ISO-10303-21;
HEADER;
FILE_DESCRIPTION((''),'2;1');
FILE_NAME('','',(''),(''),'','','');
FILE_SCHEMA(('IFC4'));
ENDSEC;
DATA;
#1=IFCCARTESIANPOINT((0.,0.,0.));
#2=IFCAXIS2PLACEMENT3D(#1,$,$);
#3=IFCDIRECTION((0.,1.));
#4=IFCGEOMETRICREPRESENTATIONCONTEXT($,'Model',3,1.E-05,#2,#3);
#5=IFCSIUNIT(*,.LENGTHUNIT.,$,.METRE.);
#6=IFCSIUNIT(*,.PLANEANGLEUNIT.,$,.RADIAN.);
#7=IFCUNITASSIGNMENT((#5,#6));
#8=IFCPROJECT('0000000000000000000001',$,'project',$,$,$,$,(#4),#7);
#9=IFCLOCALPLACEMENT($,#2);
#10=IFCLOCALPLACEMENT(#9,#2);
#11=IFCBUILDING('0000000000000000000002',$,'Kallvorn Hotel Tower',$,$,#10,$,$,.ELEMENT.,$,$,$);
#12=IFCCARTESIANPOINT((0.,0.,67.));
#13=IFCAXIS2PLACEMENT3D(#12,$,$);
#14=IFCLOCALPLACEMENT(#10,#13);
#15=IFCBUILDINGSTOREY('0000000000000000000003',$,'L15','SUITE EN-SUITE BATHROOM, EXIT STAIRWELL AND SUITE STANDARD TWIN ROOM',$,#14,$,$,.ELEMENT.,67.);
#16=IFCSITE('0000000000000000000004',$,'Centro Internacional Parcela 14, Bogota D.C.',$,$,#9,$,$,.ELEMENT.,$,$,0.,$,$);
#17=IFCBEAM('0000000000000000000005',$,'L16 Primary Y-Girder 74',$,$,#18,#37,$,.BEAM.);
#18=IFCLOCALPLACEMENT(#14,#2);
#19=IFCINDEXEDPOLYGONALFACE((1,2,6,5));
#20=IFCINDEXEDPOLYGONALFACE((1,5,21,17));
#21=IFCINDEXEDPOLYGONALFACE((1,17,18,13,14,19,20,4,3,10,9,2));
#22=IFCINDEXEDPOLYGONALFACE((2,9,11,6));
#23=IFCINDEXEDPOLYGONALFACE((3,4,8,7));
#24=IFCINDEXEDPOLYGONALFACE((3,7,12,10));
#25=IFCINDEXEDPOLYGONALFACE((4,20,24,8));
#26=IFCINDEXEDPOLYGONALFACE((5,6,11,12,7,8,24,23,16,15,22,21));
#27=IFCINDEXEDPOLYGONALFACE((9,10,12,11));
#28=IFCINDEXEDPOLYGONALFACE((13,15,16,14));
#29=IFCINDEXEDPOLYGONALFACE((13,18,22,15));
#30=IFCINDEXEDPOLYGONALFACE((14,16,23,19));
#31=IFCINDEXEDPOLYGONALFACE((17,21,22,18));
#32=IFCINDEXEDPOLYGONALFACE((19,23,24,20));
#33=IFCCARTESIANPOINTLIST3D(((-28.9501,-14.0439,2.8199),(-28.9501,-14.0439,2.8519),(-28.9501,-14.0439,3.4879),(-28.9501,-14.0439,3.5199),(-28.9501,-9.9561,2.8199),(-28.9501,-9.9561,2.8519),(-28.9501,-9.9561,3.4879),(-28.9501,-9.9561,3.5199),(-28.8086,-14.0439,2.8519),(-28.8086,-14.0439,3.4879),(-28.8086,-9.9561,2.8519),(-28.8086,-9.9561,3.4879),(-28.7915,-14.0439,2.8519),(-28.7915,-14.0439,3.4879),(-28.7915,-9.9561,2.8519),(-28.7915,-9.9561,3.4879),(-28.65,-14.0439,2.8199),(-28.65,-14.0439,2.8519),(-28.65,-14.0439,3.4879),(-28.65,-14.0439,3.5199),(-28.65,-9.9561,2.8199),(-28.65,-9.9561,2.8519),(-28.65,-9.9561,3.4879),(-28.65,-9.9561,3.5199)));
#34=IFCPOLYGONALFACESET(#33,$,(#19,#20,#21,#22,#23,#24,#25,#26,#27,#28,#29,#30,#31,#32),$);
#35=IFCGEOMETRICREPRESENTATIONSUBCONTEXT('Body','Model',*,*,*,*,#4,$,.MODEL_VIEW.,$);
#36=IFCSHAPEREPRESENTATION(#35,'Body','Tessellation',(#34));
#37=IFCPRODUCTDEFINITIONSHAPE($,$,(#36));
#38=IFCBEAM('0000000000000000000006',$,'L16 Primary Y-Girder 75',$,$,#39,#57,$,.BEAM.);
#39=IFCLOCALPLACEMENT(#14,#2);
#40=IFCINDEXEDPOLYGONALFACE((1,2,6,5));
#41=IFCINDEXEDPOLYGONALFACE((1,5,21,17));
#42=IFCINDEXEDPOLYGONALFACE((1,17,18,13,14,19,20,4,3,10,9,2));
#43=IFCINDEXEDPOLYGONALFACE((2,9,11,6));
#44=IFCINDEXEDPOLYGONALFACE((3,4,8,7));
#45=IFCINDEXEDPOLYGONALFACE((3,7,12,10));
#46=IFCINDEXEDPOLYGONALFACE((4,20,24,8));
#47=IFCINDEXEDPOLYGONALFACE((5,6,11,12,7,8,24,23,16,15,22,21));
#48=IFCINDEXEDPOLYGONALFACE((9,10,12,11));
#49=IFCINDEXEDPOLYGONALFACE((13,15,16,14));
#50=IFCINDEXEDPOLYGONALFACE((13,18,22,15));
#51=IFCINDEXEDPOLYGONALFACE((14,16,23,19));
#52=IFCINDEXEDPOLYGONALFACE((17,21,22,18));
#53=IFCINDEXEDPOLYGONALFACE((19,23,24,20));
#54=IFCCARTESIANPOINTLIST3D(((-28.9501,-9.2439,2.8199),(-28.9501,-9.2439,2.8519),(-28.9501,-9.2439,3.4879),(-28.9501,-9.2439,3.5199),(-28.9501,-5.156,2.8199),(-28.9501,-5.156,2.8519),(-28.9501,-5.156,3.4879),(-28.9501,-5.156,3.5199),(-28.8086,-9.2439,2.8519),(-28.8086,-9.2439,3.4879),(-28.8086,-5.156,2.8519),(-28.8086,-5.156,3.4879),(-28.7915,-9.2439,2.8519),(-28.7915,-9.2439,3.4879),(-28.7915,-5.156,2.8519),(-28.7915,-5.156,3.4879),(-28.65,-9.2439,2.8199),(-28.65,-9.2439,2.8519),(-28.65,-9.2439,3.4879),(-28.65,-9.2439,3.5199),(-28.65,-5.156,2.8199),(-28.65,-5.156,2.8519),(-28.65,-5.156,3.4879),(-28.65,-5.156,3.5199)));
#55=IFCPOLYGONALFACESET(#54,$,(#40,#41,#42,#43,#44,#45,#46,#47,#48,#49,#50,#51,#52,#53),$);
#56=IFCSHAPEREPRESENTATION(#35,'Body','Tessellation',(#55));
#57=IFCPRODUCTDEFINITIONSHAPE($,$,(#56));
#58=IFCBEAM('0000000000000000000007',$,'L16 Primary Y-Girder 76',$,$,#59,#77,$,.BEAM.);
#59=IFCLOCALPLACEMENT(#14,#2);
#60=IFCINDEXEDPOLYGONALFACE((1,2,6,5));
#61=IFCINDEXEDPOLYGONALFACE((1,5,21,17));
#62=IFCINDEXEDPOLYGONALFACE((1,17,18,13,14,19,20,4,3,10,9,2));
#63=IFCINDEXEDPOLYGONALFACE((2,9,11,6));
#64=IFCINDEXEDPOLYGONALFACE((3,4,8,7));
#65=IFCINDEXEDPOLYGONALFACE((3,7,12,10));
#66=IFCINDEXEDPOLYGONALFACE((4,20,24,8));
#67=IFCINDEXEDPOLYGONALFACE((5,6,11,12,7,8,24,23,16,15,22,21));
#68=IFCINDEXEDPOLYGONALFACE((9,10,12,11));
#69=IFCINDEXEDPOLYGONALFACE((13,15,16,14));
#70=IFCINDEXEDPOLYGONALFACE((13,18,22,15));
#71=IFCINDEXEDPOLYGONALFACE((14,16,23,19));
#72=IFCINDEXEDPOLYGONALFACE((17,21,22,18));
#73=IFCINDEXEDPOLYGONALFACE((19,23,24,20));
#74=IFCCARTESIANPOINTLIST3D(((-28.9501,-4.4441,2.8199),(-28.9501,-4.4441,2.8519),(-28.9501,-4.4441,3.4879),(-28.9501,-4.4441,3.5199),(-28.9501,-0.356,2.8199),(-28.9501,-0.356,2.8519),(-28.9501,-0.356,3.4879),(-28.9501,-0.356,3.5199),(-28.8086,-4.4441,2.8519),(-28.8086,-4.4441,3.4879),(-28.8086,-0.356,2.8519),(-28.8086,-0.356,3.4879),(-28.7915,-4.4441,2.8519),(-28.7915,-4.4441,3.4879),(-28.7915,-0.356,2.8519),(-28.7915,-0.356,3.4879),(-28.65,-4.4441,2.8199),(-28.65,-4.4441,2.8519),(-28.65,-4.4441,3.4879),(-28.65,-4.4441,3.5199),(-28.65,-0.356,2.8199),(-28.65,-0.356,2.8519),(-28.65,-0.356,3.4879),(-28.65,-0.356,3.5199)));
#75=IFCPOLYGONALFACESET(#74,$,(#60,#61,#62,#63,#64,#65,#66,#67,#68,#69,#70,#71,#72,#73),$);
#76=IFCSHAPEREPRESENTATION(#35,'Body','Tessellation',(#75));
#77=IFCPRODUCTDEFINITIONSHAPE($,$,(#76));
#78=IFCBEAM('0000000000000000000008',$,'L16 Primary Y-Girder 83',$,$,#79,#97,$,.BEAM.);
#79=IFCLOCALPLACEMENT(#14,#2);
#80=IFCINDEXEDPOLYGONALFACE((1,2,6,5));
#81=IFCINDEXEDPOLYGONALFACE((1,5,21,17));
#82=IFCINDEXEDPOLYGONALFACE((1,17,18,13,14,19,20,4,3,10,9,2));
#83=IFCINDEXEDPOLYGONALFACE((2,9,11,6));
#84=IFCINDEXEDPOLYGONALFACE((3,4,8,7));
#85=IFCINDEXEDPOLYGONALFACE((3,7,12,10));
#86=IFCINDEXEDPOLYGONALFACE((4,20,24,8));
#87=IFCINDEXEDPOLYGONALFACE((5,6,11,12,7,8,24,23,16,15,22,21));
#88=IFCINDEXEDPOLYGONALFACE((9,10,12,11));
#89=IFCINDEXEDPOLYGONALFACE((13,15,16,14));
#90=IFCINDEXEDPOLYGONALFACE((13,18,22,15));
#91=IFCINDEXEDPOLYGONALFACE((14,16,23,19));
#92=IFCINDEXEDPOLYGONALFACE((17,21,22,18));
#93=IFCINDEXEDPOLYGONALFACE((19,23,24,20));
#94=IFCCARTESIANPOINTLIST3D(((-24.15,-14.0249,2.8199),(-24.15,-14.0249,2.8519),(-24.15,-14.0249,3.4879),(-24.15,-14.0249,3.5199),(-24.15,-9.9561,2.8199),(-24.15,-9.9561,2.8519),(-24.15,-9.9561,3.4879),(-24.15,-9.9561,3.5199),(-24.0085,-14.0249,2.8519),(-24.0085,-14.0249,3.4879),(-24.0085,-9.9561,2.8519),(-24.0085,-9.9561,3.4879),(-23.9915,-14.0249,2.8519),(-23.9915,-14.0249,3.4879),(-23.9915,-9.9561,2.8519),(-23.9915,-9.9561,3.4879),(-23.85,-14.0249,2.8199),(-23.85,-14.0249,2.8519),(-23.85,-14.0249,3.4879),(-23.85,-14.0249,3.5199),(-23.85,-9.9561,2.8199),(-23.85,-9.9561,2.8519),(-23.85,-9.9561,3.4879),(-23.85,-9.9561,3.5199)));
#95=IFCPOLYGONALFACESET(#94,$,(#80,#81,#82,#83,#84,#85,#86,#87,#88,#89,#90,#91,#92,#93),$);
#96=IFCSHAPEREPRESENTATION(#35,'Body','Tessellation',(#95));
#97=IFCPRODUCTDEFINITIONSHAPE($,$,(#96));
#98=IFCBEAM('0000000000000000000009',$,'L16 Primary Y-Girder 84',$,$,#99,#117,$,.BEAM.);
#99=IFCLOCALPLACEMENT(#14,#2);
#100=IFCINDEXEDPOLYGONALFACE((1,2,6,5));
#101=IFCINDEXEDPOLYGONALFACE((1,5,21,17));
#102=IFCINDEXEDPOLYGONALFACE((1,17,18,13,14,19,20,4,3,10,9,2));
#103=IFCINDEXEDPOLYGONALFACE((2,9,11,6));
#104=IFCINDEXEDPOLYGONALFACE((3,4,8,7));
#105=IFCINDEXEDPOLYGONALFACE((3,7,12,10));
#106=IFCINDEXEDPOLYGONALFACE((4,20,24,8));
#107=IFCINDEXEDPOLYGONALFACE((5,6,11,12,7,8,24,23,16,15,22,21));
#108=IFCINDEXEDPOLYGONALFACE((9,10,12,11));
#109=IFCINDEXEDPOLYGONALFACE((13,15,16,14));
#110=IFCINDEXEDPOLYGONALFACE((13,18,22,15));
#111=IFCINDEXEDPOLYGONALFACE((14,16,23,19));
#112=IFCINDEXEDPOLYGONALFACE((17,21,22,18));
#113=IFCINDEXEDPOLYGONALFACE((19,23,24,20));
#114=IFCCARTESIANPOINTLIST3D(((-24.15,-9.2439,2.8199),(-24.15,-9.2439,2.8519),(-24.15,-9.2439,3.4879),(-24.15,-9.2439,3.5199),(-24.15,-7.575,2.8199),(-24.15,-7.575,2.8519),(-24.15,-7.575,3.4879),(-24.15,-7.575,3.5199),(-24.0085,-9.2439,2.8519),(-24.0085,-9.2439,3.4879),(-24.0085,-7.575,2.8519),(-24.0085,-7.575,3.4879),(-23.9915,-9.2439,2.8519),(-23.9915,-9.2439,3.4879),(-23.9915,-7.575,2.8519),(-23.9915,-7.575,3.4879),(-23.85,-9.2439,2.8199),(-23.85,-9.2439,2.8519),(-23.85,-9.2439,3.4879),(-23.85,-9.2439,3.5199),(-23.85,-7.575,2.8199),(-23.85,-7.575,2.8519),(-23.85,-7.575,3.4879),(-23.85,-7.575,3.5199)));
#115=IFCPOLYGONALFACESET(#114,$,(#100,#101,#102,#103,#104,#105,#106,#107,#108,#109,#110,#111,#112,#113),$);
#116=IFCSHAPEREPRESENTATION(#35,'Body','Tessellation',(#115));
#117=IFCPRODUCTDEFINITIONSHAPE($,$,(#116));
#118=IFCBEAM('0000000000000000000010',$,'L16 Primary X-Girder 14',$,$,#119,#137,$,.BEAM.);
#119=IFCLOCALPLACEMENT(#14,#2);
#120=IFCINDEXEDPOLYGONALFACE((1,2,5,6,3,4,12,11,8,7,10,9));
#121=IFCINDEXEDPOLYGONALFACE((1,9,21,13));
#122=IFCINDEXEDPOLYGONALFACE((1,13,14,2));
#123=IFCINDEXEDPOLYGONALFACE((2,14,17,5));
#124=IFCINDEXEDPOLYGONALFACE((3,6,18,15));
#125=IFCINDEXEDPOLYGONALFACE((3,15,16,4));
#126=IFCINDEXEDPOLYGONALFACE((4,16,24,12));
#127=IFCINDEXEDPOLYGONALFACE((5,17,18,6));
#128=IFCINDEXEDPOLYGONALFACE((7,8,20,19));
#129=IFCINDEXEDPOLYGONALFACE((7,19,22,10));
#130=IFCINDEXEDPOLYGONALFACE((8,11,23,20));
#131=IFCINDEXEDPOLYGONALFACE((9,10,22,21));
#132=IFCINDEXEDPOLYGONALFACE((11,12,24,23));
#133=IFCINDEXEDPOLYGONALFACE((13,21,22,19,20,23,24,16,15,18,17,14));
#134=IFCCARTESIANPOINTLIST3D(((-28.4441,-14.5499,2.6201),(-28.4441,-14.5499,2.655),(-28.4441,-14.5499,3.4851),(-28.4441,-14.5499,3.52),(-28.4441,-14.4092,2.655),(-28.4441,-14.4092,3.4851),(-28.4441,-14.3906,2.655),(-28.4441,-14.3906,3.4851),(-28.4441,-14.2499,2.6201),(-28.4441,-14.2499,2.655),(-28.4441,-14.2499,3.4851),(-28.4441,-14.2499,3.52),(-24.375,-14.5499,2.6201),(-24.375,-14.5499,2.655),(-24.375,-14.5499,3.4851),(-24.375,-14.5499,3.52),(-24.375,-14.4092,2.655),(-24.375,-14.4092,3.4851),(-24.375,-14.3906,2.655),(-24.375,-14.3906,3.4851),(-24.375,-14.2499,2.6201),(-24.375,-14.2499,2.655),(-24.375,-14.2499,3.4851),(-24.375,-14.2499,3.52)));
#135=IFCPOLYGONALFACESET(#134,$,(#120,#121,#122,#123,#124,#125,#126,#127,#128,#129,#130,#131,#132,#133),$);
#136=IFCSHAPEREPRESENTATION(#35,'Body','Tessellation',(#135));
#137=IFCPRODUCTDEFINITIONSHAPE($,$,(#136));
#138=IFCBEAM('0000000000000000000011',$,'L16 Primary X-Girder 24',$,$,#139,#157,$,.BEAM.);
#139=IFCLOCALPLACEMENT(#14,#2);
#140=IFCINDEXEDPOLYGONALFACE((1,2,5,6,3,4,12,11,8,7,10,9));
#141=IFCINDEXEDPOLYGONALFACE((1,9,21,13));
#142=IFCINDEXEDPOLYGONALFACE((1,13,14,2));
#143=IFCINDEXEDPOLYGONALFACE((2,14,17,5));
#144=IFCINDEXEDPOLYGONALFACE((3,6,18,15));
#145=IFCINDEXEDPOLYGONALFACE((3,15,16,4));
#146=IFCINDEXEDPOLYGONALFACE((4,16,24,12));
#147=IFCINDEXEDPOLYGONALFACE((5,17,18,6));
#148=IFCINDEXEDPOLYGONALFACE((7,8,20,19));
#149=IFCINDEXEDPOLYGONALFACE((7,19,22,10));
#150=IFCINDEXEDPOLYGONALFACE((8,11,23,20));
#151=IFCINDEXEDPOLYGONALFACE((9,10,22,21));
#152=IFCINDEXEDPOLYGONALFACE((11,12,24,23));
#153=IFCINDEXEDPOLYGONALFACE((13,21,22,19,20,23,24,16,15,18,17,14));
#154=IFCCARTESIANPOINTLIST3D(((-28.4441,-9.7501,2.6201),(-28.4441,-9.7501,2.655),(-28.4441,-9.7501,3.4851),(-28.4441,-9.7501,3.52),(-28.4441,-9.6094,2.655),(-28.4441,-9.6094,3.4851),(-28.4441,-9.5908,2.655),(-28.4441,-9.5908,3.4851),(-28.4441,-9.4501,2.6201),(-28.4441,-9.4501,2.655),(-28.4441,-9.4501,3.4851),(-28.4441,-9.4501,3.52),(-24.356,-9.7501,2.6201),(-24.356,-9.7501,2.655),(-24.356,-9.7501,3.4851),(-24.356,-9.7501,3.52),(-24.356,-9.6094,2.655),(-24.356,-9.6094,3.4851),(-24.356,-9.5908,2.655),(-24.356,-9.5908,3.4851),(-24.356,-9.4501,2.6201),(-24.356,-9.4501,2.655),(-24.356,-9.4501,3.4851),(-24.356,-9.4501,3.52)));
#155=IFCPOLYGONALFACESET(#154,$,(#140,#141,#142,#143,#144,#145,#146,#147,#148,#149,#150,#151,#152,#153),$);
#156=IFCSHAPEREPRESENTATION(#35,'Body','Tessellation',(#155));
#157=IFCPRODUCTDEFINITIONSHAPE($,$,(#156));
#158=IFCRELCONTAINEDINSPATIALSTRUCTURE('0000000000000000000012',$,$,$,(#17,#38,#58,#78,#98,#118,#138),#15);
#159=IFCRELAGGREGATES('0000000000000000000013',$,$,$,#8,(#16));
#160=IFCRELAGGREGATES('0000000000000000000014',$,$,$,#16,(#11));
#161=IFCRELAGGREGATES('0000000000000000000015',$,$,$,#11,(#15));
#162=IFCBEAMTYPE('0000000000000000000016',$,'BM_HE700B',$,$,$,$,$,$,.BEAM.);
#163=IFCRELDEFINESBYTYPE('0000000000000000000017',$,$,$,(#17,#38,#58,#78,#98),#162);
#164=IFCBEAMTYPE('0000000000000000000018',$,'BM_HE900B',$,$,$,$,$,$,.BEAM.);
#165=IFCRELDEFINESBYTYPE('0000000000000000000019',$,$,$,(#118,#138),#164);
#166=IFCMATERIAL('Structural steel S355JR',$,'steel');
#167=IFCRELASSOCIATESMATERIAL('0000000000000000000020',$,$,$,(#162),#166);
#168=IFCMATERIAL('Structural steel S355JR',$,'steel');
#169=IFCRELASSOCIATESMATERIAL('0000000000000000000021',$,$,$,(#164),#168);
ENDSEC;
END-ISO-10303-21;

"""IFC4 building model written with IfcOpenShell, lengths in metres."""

from ifc_helpers import new_model, si_unit, direction, frame, origin, origin_2d, place, context, subcontext, project, spatial, i_section, extrude, material, material_profile, profile_set, type_object, element, save


model = new_model("IFC4")

# Units and contexts
model_context = context("Model", 3, precision=1e-05, world=origin(), true_north=direction((0.0, 1.0)))
body_context = subcontext(model_context, "Body", "Model", "MODEL_VIEW")
ifc_project = project(units=[si_unit("LENGTHUNIT", "METRE"), si_unit("PLANEANGLEUNIT", "RADIAN")], contexts=[model_context])

# Site, building, storey
site_placement = place(None, origin())
site = spatial("IfcSite", under=ifc_project, at=site_placement, Name="Centro Internacional Parcela 14, Bogota D.C.", CompositionType="ELEMENT", RefElevation=0.0)
building_placement = place(site_placement, origin())
building = spatial("IfcBuilding", under=site, at=building_placement, Name="Kallvorn Hotel Tower", CompositionType="ELEMENT")
storey_placement = place(building_placement, frame((0.0, 0.0, 67.0)))
storey = spatial("IfcBuildingStorey", under=building, at=storey_placement, Name="L15", Description="SUITE EN-SUITE BATHROOM, EXIT STAIRWELL AND SUITE STANDARD TWIN ROOM", CompositionType="ELEMENT", Elevation=67.0)

# Beams
ifc_material_1 = material(Name="Structural steel S355JR", Category="steel")
ifc_material_profile_1 = material_profile(ifc_material_1, i_section(OverallWidth=0.3, OverallDepth=0.7, WebThickness=0.0171, FlangeThickness=0.032, at=origin_2d()), Name="HE 700 B")
ifc_profile_set_1 = profile_set([ifc_material_profile_1], Name="Structural steel S355JR")
beam_type_1 = type_object("IfcBeamType", Name="BM_HE700B", PredefinedType="BEAM", material=ifc_profile_set_1)
for number, where, z_axis, x_axis, name in (
    (1, (-28.8, -14.0439, 3.1699), (0.0, 1.0, 0.0), (-1.0, 0.0, 0.0), "L16 Primary Y-Girder 74"),
    (2, (-28.8, -9.2439, 3.1699), (0.0, 1.0, 0.0), (-1.0, 0.0, 0.0), "L16 Primary Y-Girder 75"),
):
    element("IfcBeam", number, at=place(storey_placement, frame(where, z_axis=z_axis, x_axis=x_axis)), inside=storey, type_object=beam_type_1, Name=name, PredefinedType="BEAM", context=body_context, shape_type="SweptSolid", body=[
        extrude(i_section(OverallWidth=0.3, OverallDepth=0.7, WebThickness=0.0171, FlangeThickness=0.032, at=origin_2d()), origin(), (0.0, 0.0, 1.0), 4.0879),
    ])
beam_1_placement = place(storey_placement, frame((-28.8, -4.4441, 3.1699), z_axis=(0.0, 1.0, 0.0), x_axis=(-1.0, 0.0, 0.0)))
element("IfcBeam", 3, at=beam_1_placement, inside=storey, type_object=beam_type_1, Name="L16 Primary Y-Girder 76", PredefinedType="BEAM", context=body_context, shape_type="SweptSolid", body=[
    extrude(i_section(OverallWidth=0.3, OverallDepth=0.7, WebThickness=0.0171, FlangeThickness=0.032, at=origin_2d()), origin(), (0.0, 0.0, 1.0), 4.0881),
])
beam_2_placement = place(storey_placement, frame((-24.0, -14.0249, 3.1699), z_axis=(0.0, 1.0, 0.0), x_axis=(-1.0, 0.0, 0.0)))
element("IfcBeam", 4, at=beam_2_placement, inside=storey, type_object=beam_type_1, Name="L16 Primary Y-Girder 83", PredefinedType="BEAM", context=body_context, shape_type="SweptSolid", body=[
    extrude(i_section(OverallWidth=0.3, OverallDepth=0.7, WebThickness=0.0171, FlangeThickness=0.032, at=origin_2d()), origin(), (0.0, 0.0, 1.0), 4.0688),
])
beam_3_placement = place(storey_placement, frame((-24.0, -9.2439, 3.1699), z_axis=(0.0, 1.0, 0.0), x_axis=(-1.0, 0.0, 0.0)))
element("IfcBeam", 5, at=beam_3_placement, inside=storey, type_object=beam_type_1, Name="L16 Primary Y-Girder 84", PredefinedType="BEAM", context=body_context, shape_type="SweptSolid", body=[
    extrude(i_section(OverallWidth=0.3, OverallDepth=0.7, WebThickness=0.0171, FlangeThickness=0.032, at=origin_2d()), origin(), (0.0, 0.0, 1.0), 1.6689),
])
ifc_material_2 = material(Name="Structural steel S355JR", Category="steel")
ifc_material_profile_2 = material_profile(ifc_material_2, i_section(OverallWidth=0.3, OverallDepth=0.8999, WebThickness=0.0186, FlangeThickness=0.0349, at=origin_2d()), Name="HE 900 B")
ifc_profile_set_2 = profile_set([ifc_material_profile_2], Name="Structural steel S355JR")
beam_type_2 = type_object("IfcBeamType", Name="BM_HE900B", PredefinedType="BEAM", material=ifc_profile_set_2)
beam_4_placement = place(storey_placement, frame((-28.4441, -14.3999, 3.0701), z_axis=(1.0, 0.0, 0.0), x_axis=(0.0, 1.0, 0.0)))
element("IfcBeam", 6, at=beam_4_placement, inside=storey, type_object=beam_type_2, Name="L16 Primary X-Girder 14", PredefinedType="BEAM", context=body_context, shape_type="SweptSolid", body=[
    extrude(i_section(OverallWidth=0.3, OverallDepth=0.8999, WebThickness=0.0186, FlangeThickness=0.0349, at=origin_2d()), origin(), (0.0, 0.0, 1.0), 4.0691),
])
beam_5_placement = place(storey_placement, frame((-28.4441, -9.6001, 3.0701), z_axis=(1.0, 0.0, 0.0), x_axis=(0.0, 1.0, 0.0)))
element("IfcBeam", 7, at=beam_5_placement, inside=storey, type_object=beam_type_2, Name="L16 Primary X-Girder 24", PredefinedType="BEAM", context=body_context, shape_type="SweptSolid", body=[
    extrude(i_section(OverallWidth=0.3, OverallDepth=0.8999, WebThickness=0.0186, FlangeThickness=0.0349, at=origin_2d()), origin(), (0.0, 0.0, 1.0), 4.0881),
])

save(model, "model.ifc")
